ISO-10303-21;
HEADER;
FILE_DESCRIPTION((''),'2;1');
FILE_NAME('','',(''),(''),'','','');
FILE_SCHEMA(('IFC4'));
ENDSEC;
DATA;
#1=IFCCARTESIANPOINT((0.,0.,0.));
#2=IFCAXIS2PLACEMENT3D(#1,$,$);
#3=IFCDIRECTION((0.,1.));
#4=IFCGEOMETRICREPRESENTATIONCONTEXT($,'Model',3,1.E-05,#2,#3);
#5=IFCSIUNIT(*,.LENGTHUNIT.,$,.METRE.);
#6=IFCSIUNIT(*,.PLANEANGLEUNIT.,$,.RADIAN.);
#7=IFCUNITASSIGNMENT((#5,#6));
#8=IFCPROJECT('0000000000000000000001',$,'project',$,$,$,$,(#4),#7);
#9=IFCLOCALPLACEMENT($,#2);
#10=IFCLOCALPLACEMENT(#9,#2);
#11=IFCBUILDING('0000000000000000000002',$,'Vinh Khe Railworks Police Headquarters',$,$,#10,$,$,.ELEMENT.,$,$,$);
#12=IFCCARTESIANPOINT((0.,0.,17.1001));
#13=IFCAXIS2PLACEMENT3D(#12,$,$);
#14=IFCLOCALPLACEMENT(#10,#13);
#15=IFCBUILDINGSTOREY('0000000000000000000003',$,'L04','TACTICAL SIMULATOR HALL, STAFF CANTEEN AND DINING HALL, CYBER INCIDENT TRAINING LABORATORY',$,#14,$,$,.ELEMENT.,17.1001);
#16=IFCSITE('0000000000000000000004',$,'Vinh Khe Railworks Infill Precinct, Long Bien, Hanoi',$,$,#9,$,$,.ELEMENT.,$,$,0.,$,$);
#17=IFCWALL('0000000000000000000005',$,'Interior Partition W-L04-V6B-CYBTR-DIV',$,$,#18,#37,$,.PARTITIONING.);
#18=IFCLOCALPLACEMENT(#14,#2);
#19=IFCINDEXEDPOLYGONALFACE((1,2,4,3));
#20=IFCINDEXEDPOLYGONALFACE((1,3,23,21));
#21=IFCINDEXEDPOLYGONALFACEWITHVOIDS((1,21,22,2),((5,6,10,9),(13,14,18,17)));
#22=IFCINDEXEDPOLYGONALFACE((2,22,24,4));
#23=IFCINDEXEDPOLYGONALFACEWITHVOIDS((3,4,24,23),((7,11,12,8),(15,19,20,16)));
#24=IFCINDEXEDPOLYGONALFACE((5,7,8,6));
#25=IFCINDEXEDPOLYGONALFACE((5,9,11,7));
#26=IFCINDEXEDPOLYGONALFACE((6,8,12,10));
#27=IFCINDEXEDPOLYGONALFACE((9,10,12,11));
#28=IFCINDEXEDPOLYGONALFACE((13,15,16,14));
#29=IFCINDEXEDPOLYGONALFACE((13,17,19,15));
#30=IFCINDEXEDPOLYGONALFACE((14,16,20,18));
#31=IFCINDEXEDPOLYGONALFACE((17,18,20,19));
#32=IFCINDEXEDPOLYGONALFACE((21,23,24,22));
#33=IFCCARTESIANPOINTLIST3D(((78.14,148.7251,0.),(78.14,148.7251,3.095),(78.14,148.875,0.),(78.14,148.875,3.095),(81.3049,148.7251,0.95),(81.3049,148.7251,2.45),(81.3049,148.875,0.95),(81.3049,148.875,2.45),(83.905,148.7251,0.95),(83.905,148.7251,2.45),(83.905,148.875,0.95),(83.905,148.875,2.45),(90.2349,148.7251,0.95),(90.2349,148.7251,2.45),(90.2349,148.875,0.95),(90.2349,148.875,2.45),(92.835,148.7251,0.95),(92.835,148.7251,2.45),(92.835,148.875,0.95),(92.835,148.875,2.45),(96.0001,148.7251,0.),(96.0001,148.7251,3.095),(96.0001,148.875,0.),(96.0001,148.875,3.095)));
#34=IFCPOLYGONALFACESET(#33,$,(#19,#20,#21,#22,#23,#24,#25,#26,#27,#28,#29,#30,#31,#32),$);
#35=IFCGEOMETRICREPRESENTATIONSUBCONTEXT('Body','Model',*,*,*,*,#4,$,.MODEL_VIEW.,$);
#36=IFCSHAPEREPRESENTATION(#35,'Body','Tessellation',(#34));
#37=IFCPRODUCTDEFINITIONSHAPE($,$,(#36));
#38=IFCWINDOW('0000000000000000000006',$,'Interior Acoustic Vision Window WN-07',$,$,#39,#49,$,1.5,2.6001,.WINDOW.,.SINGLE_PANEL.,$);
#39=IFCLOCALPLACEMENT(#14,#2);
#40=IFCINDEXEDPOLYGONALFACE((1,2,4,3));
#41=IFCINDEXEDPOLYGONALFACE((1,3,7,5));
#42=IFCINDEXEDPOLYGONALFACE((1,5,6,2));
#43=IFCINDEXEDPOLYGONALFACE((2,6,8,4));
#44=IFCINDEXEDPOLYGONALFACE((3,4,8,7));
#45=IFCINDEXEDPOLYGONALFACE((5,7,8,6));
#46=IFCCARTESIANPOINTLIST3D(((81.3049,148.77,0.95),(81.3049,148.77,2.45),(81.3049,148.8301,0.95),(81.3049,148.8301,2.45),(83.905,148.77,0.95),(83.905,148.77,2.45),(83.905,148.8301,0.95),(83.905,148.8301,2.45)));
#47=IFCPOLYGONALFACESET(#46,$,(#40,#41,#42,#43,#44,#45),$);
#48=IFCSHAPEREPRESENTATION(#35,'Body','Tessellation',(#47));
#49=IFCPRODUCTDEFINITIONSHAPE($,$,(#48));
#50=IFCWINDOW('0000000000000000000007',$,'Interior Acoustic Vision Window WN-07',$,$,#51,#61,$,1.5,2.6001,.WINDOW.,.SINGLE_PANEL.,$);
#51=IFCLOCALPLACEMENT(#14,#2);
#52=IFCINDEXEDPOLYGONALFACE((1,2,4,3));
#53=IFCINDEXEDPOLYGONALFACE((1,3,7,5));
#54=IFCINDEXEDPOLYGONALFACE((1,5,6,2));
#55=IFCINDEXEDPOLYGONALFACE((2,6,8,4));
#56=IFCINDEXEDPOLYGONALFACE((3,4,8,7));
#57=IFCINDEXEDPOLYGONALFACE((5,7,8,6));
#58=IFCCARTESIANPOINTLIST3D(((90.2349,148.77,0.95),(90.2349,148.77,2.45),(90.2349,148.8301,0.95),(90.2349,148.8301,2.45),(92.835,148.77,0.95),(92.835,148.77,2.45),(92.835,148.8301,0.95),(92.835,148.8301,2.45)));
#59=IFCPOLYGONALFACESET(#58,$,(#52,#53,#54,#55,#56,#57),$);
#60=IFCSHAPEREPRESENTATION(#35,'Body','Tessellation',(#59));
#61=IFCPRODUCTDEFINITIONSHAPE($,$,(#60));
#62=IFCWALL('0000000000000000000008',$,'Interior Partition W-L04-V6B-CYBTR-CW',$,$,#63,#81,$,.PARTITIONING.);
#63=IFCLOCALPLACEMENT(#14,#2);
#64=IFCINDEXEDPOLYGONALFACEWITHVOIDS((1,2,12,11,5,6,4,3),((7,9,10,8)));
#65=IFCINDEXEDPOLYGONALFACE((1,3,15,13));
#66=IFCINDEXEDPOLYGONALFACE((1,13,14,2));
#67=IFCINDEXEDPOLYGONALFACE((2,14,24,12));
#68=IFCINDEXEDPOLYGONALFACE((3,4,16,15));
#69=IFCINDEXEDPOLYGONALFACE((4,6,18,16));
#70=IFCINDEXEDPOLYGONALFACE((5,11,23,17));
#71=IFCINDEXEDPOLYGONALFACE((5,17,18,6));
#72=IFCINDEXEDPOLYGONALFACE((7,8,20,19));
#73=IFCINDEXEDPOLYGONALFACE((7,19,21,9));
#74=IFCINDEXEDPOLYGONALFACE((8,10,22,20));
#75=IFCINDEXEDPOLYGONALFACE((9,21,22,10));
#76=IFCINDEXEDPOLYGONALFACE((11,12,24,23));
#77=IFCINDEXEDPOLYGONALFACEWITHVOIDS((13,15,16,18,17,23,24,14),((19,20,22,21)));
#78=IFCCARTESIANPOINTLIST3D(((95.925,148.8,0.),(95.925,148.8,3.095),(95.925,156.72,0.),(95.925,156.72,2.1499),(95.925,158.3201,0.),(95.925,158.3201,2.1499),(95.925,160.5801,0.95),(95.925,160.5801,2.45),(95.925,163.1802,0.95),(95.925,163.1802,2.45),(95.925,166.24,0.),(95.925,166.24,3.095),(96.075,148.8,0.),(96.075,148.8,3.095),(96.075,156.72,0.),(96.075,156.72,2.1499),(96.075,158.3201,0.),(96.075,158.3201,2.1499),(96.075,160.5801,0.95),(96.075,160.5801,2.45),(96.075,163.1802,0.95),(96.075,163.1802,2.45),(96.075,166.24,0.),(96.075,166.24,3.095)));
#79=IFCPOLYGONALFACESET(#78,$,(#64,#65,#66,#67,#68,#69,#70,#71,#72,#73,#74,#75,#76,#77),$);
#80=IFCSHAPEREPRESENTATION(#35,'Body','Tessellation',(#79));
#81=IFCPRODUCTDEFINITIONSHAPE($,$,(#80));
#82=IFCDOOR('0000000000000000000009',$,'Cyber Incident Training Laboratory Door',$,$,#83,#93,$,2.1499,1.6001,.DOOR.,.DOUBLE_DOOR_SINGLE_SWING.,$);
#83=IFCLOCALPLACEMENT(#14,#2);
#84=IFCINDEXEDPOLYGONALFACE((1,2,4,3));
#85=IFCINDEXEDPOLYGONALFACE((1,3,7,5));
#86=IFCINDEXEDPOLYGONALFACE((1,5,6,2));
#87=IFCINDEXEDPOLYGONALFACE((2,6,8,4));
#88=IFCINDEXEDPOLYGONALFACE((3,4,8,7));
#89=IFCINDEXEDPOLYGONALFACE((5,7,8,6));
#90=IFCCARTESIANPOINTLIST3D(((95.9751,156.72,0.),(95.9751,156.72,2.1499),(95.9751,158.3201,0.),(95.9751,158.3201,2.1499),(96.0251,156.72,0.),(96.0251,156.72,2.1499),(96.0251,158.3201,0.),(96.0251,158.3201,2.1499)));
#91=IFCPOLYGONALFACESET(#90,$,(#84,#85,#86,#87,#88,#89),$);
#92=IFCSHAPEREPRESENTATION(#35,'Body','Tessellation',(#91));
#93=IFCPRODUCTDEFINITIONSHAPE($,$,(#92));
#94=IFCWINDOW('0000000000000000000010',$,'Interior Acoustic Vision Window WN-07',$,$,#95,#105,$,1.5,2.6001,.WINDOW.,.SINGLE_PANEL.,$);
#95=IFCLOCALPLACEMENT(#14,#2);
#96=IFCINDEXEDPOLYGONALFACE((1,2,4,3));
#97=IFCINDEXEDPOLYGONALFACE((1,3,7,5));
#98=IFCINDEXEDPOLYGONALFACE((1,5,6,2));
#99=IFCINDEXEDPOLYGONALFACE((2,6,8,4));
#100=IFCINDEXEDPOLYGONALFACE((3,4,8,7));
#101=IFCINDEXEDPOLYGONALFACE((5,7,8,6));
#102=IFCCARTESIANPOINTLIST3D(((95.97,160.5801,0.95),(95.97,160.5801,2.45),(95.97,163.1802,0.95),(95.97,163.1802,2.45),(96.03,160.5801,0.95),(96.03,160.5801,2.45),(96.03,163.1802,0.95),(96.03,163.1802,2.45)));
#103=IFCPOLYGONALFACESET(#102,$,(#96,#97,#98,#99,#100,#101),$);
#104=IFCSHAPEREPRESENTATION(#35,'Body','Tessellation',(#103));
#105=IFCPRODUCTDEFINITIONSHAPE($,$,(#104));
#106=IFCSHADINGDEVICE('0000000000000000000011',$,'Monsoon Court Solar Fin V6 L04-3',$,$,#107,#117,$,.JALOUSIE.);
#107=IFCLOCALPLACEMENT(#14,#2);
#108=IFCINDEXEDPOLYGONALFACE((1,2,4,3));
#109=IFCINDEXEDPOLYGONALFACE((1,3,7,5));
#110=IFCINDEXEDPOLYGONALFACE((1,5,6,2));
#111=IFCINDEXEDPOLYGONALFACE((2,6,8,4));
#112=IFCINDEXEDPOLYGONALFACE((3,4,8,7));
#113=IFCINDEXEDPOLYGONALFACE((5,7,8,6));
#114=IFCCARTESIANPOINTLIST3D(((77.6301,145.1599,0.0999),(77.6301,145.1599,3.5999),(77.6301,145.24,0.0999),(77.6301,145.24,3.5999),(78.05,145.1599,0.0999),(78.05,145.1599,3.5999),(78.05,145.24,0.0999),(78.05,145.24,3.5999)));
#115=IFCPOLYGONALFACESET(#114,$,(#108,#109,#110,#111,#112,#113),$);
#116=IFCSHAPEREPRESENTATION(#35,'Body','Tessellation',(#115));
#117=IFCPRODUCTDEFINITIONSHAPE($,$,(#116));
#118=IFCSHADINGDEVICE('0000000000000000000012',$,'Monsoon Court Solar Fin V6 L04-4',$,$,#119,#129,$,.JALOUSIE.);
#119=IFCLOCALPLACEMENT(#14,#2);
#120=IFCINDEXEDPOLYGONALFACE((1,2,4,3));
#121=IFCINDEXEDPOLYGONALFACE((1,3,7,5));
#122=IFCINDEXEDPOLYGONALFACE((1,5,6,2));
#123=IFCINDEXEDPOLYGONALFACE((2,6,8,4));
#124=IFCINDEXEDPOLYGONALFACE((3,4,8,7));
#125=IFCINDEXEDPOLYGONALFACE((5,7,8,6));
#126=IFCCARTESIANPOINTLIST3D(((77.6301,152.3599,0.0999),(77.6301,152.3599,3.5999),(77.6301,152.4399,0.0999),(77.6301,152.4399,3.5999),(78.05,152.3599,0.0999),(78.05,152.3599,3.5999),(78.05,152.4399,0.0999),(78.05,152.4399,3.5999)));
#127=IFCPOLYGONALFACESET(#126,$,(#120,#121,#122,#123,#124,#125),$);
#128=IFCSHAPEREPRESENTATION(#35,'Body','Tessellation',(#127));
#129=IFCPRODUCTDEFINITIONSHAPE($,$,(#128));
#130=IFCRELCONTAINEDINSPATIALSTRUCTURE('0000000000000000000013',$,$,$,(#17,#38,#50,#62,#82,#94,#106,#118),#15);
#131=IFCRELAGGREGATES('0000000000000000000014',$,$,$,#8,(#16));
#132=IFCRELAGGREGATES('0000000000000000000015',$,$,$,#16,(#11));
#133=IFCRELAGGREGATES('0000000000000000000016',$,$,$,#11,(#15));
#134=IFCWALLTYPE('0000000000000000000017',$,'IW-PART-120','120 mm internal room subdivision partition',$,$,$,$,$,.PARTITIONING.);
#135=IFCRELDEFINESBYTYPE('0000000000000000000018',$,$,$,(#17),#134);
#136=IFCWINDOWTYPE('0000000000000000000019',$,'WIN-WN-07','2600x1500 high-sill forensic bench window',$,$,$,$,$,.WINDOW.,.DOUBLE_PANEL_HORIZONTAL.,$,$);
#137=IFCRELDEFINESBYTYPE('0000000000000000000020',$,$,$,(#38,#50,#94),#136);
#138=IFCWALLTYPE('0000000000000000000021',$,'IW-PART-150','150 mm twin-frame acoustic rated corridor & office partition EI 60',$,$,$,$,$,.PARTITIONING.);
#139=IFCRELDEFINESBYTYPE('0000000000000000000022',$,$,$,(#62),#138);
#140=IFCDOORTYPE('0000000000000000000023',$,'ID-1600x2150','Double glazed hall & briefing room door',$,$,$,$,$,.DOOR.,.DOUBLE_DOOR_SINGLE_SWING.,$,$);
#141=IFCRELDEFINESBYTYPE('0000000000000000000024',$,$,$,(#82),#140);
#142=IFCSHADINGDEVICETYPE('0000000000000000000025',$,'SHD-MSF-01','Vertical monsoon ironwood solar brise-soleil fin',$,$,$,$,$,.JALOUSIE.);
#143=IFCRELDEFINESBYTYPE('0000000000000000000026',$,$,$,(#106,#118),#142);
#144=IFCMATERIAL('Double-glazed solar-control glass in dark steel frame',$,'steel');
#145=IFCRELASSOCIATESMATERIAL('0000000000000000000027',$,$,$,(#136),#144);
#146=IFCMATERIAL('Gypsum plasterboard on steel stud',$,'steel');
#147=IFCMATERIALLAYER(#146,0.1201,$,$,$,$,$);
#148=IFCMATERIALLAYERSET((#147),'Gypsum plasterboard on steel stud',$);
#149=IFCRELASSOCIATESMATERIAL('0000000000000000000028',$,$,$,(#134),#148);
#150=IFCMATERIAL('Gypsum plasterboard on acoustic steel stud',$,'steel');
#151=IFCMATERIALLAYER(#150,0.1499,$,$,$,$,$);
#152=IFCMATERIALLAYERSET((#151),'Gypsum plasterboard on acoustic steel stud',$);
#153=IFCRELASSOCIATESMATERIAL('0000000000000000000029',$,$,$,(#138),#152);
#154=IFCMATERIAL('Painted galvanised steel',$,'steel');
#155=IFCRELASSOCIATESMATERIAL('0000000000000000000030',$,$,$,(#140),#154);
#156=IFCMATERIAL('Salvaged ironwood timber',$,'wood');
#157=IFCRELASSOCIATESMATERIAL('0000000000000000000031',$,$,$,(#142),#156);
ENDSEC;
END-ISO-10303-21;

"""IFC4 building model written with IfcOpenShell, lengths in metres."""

from ifc_helpers import new_model, si_unit, direction, frame, frame_2d, origin, origin_2d, place, context, subcontext, project, spatial, rectangle, extrude, material, layer, layer_set, type_object, element, fill, save


model = new_model("IFC4")

# Units and contexts
model_context = context("Model", 3, precision=1e-05, world=origin(), true_north=direction((0.0, 1.0)))
body_context = subcontext(model_context, "Body", "Model", "MODEL_VIEW")
ifc_project = project(units=[si_unit("LENGTHUNIT", "METRE"), si_unit("PLANEANGLEUNIT", "RADIAN")], contexts=[model_context])

# Site, building, storey
site_placement = place(None, origin())
site = spatial("IfcSite", under=ifc_project, at=site_placement, Name="Vinh Khe Railworks Infill Precinct, Long Bien, Hanoi", CompositionType="ELEMENT", RefElevation=0.0)
building_placement = place(site_placement, origin())
building = spatial("IfcBuilding", under=site, at=building_placement, Name="Vinh Khe Railworks Police Headquarters", CompositionType="ELEMENT")
storey_placement = place(building_placement, frame((0.0, 0.0, 17.1001)))
storey = spatial("IfcBuildingStorey", under=building, at=storey_placement, Name="L04", Description="TACTICAL SIMULATOR HALL, STAFF CANTEEN AND DINING HALL, CYBER INCIDENT TRAINING LABORATORY", CompositionType="ELEMENT", Elevation=17.1001)

# Shared definitions
ifc_material_1 = material(Name="Double-glazed solar-control glass in dark steel frame", Category="steel")
window_type = type_object("IfcWindowType", Name="WIN-WN-07", Description="2600x1500 high-sill forensic bench window", PartitioningType="DOUBLE_PANEL_HORIZONTAL", PredefinedType="WINDOW", material=ifc_material_1)

# Wall, openings, windows
ifc_material_2 = material(Name="Gypsum plasterboard on steel stud", Category="steel")
ifc_layer_1 = layer(ifc_material_2, 0.1201)
ifc_layer_set_1 = layer_set([ifc_layer_1], Name="Gypsum plasterboard on steel stud")
wall_type_1 = type_object("IfcWallType", Name="IW-PART-120", Description="120 mm internal room subdivision partition", PredefinedType="PARTITIONING", material=ifc_layer_set_1)
wall_1_placement = place(storey_placement, frame((78.1399, 148.8, 0.0), z_axis=(0.0, 0.0, 1.0), x_axis=(1.0, 0.0, 0.0)))
wall_1 = element("IfcWall", 1, at=wall_1_placement, inside=storey, type_object=wall_type_1, Name="Interior Partition W-L04-V6B-CYBTR-DIV", PredefinedType="PARTITIONING", context=body_context, shape_type="SweptSolid", body=[
    extrude(rectangle(XDim=17.8601, YDim=0.1499, at=frame_2d((8.9302, 0.0))), origin(), (0.0, 0.0, 1.0), 3.095),
])
opening_1_placement = place(wall_1_placement, frame((3.165, 0.0, 0.95)))
opening_1 = element("IfcOpeningElement", 2, at=opening_1_placement, cuts=wall_1, PredefinedType="OPENING", context=body_context, shape_type="SweptSolid", body=[
    extrude(rectangle(XDim=2.6001, YDim=1.5, at=frame_2d((1.3, 0.75))), frame((0.0, 0.0898, 0.0), z_axis=(0.0, -1.0, 0.0), x_axis=(1.0, 0.0, 0.0)), (0.0, 0.0, 1.0), 0.1797),
])
opening_2_placement = place(wall_1_placement, frame((12.095, 0.0, 0.95)))
opening_2 = element("IfcOpeningElement", 3, at=opening_2_placement, cuts=wall_1, PredefinedType="OPENING", context=body_context, shape_type="SweptSolid", body=[
    extrude(rectangle(XDim=2.6001, YDim=1.5, at=frame_2d((1.3, 0.75))), frame((0.0, 0.0898, 0.0), z_axis=(0.0, -1.0, 0.0), x_axis=(1.0, 0.0, 0.0)), (0.0, 0.0, 1.0), 0.1797),
])
window_1_placement = place(opening_1_placement, origin())
window_1 = element("IfcWindow", 4, at=window_1_placement, inside=storey, type_object=window_type, Name="Interior Acoustic Vision Window WN-07", OverallHeight=1.5, OverallWidth=2.6001, PartitioningType="SINGLE_PANEL", PredefinedType="WINDOW", context=body_context, shape_type="SweptSolid", body=[
    extrude(rectangle(XDim=2.6001, YDim=1.5, at=frame_2d((1.3, 0.75))), frame((0.0, 0.03, 0.0), z_axis=(0.0, -1.0, 0.0), x_axis=(1.0, 0.0, 0.0)), (0.0, 0.0, 1.0), 0.0601),
])
fill(opening_1, window_1)
window_2_placement = place(opening_2_placement, origin())
window_2 = element("IfcWindow", 5, at=window_2_placement, inside=storey, type_object=window_type, Name="Interior Acoustic Vision Window WN-07", OverallHeight=1.5, OverallWidth=2.6001, PartitioningType="SINGLE_PANEL", PredefinedType="WINDOW", context=body_context, shape_type="SweptSolid", body=[
    extrude(rectangle(XDim=2.6001, YDim=1.5, at=frame_2d((1.3, 0.75))), frame((0.0, 0.03, 0.0), z_axis=(0.0, -1.0, 0.0), x_axis=(1.0, 0.0, 0.0)), (0.0, 0.0, 1.0), 0.0601),
])
fill(opening_2, window_2)

# Wall, openings, door, window
ifc_material_3 = material(Name="Gypsum plasterboard on acoustic steel stud", Category="steel")
ifc_layer_2 = layer(ifc_material_3, 0.1499)
ifc_layer_set_2 = layer_set([ifc_layer_2], Name="Gypsum plasterboard on acoustic steel stud")
wall_type_2 = type_object("IfcWallType", Name="IW-PART-150", Description="150 mm twin-frame acoustic rated corridor & office partition EI 60", PredefinedType="PARTITIONING", material=ifc_layer_set_2)
wall_2_placement = place(storey_placement, frame((96.0, 148.8, 0.0), z_axis=(0.0, 0.0, 1.0), x_axis=(0.0, 1.0, 0.0)))
wall_2 = element("IfcWall", 6, at=wall_2_placement, inside=storey, type_object=wall_type_2, Name="Interior Partition W-L04-V6B-CYBTR-CW", PredefinedType="PARTITIONING", context=body_context, shape_type="SweptSolid", body=[
    extrude(rectangle(XDim=17.4399, YDim=0.1499, at=frame_2d((8.72, 0.0))), origin(), (0.0, 0.0, 1.0), 3.095),
])
opening_3_placement = place(wall_2_placement, frame((7.9199, 0.0, 0.0)))
opening_3 = element("IfcOpeningElement", 7, at=opening_3_placement, cuts=wall_2, PredefinedType="OPENING", context=body_context, shape_type="SweptSolid", body=[
    extrude(rectangle(XDim=1.6001, YDim=2.1499, at=frame_2d((0.8, 1.075))), frame((0.0, 0.0898, 0.0), z_axis=(0.0, -1.0, 0.0), x_axis=(1.0, 0.0, 0.0)), (0.0, 0.0, 1.0), 0.1797),
])
opening_4_placement = place(wall_2_placement, frame((11.78, 0.0, 0.95)))
opening_4 = element("IfcOpeningElement", 8, at=opening_4_placement, cuts=wall_2, PredefinedType="OPENING", context=body_context, shape_type="SweptSolid", body=[
    extrude(rectangle(XDim=2.6001, YDim=1.5, at=frame_2d((1.3, 0.75))), frame((0.0, 0.0898, 0.0), z_axis=(0.0, -1.0, 0.0), x_axis=(1.0, 0.0, 0.0)), (0.0, 0.0, 1.0), 0.1797),
])
ifc_material_4 = material(Name="Painted galvanised steel", Category="steel")
door_type = type_object("IfcDoorType", Name="ID-1600x2150", Description="Double glazed hall & briefing room door", OperationType="DOUBLE_DOOR_SINGLE_SWING", PredefinedType="DOOR", material=ifc_material_4)
door_placement = place(opening_3_placement, origin())
door = element("IfcDoor", 9, at=door_placement, inside=storey, type_object=door_type, Name="Cyber Incident Training Laboratory Door", OperationType="DOUBLE_DOOR_SINGLE_SWING", OverallHeight=2.1499, OverallWidth=1.6001, PredefinedType="DOOR", context=body_context, shape_type="SweptSolid", body=[
    extrude(rectangle(XDim=1.6001, YDim=2.1499, at=frame_2d((0.8, 1.075))), frame((0.0, 0.0249, 0.0), z_axis=(0.0, -1.0, 0.0), x_axis=(1.0, 0.0, 0.0)), (0.0, 0.0, 1.0), 0.05),
])
fill(opening_3, door)
window_3_placement = place(opening_4_placement, origin())
window_3 = element("IfcWindow", 10, at=window_3_placement, inside=storey, type_object=window_type, Name="Interior Acoustic Vision Window WN-07", OverallHeight=1.5, OverallWidth=2.6001, PartitioningType="SINGLE_PANEL", PredefinedType="WINDOW", context=body_context, shape_type="SweptSolid", body=[
    extrude(rectangle(XDim=2.6001, YDim=1.5, at=frame_2d((1.3, 0.75))), frame((0.0, 0.03, 0.0), z_axis=(0.0, -1.0, 0.0), x_axis=(1.0, 0.0, 0.0)), (0.0, 0.0, 1.0), 0.0601),
])
fill(opening_4, window_3)

# Shading devices
ifc_material_5 = material(Name="Salvaged ironwood timber", Category="wood")
shading_device_type = type_object("IfcShadingDeviceType", Name="SHD-MSF-01", Description="Vertical monsoon ironwood solar brise-soleil fin", PredefinedType="JALOUSIE", material=ifc_material_5)
for number, where, z_axis, x_axis, name in (
    (11, (77.8401, 145.2, 0.0999), (0.0, 0.0, 1.0), (1.0, 0.0, 0.0), "Monsoon Court Solar Fin V6 L04-3"),
    (12, (77.8401, 152.3999, 0.0999), (0.0, 0.0, 1.0), (1.0, 0.0, 0.0), "Monsoon Court Solar Fin V6 L04-4"),
):
    element("IfcShadingDevice", number, at=place(storey_placement, frame(where, z_axis=z_axis, x_axis=x_axis)), inside=storey, type_object=shading_device_type, Name=name, PredefinedType="JALOUSIE", context=body_context, shape_type="SweptSolid", body=[
        extrude(rectangle(XDim=0.4199, YDim=0.0801, at=origin_2d()), origin(), (0.0, 0.0, 1.0), 3.5),
    ])

save(model, "model.ifc")
